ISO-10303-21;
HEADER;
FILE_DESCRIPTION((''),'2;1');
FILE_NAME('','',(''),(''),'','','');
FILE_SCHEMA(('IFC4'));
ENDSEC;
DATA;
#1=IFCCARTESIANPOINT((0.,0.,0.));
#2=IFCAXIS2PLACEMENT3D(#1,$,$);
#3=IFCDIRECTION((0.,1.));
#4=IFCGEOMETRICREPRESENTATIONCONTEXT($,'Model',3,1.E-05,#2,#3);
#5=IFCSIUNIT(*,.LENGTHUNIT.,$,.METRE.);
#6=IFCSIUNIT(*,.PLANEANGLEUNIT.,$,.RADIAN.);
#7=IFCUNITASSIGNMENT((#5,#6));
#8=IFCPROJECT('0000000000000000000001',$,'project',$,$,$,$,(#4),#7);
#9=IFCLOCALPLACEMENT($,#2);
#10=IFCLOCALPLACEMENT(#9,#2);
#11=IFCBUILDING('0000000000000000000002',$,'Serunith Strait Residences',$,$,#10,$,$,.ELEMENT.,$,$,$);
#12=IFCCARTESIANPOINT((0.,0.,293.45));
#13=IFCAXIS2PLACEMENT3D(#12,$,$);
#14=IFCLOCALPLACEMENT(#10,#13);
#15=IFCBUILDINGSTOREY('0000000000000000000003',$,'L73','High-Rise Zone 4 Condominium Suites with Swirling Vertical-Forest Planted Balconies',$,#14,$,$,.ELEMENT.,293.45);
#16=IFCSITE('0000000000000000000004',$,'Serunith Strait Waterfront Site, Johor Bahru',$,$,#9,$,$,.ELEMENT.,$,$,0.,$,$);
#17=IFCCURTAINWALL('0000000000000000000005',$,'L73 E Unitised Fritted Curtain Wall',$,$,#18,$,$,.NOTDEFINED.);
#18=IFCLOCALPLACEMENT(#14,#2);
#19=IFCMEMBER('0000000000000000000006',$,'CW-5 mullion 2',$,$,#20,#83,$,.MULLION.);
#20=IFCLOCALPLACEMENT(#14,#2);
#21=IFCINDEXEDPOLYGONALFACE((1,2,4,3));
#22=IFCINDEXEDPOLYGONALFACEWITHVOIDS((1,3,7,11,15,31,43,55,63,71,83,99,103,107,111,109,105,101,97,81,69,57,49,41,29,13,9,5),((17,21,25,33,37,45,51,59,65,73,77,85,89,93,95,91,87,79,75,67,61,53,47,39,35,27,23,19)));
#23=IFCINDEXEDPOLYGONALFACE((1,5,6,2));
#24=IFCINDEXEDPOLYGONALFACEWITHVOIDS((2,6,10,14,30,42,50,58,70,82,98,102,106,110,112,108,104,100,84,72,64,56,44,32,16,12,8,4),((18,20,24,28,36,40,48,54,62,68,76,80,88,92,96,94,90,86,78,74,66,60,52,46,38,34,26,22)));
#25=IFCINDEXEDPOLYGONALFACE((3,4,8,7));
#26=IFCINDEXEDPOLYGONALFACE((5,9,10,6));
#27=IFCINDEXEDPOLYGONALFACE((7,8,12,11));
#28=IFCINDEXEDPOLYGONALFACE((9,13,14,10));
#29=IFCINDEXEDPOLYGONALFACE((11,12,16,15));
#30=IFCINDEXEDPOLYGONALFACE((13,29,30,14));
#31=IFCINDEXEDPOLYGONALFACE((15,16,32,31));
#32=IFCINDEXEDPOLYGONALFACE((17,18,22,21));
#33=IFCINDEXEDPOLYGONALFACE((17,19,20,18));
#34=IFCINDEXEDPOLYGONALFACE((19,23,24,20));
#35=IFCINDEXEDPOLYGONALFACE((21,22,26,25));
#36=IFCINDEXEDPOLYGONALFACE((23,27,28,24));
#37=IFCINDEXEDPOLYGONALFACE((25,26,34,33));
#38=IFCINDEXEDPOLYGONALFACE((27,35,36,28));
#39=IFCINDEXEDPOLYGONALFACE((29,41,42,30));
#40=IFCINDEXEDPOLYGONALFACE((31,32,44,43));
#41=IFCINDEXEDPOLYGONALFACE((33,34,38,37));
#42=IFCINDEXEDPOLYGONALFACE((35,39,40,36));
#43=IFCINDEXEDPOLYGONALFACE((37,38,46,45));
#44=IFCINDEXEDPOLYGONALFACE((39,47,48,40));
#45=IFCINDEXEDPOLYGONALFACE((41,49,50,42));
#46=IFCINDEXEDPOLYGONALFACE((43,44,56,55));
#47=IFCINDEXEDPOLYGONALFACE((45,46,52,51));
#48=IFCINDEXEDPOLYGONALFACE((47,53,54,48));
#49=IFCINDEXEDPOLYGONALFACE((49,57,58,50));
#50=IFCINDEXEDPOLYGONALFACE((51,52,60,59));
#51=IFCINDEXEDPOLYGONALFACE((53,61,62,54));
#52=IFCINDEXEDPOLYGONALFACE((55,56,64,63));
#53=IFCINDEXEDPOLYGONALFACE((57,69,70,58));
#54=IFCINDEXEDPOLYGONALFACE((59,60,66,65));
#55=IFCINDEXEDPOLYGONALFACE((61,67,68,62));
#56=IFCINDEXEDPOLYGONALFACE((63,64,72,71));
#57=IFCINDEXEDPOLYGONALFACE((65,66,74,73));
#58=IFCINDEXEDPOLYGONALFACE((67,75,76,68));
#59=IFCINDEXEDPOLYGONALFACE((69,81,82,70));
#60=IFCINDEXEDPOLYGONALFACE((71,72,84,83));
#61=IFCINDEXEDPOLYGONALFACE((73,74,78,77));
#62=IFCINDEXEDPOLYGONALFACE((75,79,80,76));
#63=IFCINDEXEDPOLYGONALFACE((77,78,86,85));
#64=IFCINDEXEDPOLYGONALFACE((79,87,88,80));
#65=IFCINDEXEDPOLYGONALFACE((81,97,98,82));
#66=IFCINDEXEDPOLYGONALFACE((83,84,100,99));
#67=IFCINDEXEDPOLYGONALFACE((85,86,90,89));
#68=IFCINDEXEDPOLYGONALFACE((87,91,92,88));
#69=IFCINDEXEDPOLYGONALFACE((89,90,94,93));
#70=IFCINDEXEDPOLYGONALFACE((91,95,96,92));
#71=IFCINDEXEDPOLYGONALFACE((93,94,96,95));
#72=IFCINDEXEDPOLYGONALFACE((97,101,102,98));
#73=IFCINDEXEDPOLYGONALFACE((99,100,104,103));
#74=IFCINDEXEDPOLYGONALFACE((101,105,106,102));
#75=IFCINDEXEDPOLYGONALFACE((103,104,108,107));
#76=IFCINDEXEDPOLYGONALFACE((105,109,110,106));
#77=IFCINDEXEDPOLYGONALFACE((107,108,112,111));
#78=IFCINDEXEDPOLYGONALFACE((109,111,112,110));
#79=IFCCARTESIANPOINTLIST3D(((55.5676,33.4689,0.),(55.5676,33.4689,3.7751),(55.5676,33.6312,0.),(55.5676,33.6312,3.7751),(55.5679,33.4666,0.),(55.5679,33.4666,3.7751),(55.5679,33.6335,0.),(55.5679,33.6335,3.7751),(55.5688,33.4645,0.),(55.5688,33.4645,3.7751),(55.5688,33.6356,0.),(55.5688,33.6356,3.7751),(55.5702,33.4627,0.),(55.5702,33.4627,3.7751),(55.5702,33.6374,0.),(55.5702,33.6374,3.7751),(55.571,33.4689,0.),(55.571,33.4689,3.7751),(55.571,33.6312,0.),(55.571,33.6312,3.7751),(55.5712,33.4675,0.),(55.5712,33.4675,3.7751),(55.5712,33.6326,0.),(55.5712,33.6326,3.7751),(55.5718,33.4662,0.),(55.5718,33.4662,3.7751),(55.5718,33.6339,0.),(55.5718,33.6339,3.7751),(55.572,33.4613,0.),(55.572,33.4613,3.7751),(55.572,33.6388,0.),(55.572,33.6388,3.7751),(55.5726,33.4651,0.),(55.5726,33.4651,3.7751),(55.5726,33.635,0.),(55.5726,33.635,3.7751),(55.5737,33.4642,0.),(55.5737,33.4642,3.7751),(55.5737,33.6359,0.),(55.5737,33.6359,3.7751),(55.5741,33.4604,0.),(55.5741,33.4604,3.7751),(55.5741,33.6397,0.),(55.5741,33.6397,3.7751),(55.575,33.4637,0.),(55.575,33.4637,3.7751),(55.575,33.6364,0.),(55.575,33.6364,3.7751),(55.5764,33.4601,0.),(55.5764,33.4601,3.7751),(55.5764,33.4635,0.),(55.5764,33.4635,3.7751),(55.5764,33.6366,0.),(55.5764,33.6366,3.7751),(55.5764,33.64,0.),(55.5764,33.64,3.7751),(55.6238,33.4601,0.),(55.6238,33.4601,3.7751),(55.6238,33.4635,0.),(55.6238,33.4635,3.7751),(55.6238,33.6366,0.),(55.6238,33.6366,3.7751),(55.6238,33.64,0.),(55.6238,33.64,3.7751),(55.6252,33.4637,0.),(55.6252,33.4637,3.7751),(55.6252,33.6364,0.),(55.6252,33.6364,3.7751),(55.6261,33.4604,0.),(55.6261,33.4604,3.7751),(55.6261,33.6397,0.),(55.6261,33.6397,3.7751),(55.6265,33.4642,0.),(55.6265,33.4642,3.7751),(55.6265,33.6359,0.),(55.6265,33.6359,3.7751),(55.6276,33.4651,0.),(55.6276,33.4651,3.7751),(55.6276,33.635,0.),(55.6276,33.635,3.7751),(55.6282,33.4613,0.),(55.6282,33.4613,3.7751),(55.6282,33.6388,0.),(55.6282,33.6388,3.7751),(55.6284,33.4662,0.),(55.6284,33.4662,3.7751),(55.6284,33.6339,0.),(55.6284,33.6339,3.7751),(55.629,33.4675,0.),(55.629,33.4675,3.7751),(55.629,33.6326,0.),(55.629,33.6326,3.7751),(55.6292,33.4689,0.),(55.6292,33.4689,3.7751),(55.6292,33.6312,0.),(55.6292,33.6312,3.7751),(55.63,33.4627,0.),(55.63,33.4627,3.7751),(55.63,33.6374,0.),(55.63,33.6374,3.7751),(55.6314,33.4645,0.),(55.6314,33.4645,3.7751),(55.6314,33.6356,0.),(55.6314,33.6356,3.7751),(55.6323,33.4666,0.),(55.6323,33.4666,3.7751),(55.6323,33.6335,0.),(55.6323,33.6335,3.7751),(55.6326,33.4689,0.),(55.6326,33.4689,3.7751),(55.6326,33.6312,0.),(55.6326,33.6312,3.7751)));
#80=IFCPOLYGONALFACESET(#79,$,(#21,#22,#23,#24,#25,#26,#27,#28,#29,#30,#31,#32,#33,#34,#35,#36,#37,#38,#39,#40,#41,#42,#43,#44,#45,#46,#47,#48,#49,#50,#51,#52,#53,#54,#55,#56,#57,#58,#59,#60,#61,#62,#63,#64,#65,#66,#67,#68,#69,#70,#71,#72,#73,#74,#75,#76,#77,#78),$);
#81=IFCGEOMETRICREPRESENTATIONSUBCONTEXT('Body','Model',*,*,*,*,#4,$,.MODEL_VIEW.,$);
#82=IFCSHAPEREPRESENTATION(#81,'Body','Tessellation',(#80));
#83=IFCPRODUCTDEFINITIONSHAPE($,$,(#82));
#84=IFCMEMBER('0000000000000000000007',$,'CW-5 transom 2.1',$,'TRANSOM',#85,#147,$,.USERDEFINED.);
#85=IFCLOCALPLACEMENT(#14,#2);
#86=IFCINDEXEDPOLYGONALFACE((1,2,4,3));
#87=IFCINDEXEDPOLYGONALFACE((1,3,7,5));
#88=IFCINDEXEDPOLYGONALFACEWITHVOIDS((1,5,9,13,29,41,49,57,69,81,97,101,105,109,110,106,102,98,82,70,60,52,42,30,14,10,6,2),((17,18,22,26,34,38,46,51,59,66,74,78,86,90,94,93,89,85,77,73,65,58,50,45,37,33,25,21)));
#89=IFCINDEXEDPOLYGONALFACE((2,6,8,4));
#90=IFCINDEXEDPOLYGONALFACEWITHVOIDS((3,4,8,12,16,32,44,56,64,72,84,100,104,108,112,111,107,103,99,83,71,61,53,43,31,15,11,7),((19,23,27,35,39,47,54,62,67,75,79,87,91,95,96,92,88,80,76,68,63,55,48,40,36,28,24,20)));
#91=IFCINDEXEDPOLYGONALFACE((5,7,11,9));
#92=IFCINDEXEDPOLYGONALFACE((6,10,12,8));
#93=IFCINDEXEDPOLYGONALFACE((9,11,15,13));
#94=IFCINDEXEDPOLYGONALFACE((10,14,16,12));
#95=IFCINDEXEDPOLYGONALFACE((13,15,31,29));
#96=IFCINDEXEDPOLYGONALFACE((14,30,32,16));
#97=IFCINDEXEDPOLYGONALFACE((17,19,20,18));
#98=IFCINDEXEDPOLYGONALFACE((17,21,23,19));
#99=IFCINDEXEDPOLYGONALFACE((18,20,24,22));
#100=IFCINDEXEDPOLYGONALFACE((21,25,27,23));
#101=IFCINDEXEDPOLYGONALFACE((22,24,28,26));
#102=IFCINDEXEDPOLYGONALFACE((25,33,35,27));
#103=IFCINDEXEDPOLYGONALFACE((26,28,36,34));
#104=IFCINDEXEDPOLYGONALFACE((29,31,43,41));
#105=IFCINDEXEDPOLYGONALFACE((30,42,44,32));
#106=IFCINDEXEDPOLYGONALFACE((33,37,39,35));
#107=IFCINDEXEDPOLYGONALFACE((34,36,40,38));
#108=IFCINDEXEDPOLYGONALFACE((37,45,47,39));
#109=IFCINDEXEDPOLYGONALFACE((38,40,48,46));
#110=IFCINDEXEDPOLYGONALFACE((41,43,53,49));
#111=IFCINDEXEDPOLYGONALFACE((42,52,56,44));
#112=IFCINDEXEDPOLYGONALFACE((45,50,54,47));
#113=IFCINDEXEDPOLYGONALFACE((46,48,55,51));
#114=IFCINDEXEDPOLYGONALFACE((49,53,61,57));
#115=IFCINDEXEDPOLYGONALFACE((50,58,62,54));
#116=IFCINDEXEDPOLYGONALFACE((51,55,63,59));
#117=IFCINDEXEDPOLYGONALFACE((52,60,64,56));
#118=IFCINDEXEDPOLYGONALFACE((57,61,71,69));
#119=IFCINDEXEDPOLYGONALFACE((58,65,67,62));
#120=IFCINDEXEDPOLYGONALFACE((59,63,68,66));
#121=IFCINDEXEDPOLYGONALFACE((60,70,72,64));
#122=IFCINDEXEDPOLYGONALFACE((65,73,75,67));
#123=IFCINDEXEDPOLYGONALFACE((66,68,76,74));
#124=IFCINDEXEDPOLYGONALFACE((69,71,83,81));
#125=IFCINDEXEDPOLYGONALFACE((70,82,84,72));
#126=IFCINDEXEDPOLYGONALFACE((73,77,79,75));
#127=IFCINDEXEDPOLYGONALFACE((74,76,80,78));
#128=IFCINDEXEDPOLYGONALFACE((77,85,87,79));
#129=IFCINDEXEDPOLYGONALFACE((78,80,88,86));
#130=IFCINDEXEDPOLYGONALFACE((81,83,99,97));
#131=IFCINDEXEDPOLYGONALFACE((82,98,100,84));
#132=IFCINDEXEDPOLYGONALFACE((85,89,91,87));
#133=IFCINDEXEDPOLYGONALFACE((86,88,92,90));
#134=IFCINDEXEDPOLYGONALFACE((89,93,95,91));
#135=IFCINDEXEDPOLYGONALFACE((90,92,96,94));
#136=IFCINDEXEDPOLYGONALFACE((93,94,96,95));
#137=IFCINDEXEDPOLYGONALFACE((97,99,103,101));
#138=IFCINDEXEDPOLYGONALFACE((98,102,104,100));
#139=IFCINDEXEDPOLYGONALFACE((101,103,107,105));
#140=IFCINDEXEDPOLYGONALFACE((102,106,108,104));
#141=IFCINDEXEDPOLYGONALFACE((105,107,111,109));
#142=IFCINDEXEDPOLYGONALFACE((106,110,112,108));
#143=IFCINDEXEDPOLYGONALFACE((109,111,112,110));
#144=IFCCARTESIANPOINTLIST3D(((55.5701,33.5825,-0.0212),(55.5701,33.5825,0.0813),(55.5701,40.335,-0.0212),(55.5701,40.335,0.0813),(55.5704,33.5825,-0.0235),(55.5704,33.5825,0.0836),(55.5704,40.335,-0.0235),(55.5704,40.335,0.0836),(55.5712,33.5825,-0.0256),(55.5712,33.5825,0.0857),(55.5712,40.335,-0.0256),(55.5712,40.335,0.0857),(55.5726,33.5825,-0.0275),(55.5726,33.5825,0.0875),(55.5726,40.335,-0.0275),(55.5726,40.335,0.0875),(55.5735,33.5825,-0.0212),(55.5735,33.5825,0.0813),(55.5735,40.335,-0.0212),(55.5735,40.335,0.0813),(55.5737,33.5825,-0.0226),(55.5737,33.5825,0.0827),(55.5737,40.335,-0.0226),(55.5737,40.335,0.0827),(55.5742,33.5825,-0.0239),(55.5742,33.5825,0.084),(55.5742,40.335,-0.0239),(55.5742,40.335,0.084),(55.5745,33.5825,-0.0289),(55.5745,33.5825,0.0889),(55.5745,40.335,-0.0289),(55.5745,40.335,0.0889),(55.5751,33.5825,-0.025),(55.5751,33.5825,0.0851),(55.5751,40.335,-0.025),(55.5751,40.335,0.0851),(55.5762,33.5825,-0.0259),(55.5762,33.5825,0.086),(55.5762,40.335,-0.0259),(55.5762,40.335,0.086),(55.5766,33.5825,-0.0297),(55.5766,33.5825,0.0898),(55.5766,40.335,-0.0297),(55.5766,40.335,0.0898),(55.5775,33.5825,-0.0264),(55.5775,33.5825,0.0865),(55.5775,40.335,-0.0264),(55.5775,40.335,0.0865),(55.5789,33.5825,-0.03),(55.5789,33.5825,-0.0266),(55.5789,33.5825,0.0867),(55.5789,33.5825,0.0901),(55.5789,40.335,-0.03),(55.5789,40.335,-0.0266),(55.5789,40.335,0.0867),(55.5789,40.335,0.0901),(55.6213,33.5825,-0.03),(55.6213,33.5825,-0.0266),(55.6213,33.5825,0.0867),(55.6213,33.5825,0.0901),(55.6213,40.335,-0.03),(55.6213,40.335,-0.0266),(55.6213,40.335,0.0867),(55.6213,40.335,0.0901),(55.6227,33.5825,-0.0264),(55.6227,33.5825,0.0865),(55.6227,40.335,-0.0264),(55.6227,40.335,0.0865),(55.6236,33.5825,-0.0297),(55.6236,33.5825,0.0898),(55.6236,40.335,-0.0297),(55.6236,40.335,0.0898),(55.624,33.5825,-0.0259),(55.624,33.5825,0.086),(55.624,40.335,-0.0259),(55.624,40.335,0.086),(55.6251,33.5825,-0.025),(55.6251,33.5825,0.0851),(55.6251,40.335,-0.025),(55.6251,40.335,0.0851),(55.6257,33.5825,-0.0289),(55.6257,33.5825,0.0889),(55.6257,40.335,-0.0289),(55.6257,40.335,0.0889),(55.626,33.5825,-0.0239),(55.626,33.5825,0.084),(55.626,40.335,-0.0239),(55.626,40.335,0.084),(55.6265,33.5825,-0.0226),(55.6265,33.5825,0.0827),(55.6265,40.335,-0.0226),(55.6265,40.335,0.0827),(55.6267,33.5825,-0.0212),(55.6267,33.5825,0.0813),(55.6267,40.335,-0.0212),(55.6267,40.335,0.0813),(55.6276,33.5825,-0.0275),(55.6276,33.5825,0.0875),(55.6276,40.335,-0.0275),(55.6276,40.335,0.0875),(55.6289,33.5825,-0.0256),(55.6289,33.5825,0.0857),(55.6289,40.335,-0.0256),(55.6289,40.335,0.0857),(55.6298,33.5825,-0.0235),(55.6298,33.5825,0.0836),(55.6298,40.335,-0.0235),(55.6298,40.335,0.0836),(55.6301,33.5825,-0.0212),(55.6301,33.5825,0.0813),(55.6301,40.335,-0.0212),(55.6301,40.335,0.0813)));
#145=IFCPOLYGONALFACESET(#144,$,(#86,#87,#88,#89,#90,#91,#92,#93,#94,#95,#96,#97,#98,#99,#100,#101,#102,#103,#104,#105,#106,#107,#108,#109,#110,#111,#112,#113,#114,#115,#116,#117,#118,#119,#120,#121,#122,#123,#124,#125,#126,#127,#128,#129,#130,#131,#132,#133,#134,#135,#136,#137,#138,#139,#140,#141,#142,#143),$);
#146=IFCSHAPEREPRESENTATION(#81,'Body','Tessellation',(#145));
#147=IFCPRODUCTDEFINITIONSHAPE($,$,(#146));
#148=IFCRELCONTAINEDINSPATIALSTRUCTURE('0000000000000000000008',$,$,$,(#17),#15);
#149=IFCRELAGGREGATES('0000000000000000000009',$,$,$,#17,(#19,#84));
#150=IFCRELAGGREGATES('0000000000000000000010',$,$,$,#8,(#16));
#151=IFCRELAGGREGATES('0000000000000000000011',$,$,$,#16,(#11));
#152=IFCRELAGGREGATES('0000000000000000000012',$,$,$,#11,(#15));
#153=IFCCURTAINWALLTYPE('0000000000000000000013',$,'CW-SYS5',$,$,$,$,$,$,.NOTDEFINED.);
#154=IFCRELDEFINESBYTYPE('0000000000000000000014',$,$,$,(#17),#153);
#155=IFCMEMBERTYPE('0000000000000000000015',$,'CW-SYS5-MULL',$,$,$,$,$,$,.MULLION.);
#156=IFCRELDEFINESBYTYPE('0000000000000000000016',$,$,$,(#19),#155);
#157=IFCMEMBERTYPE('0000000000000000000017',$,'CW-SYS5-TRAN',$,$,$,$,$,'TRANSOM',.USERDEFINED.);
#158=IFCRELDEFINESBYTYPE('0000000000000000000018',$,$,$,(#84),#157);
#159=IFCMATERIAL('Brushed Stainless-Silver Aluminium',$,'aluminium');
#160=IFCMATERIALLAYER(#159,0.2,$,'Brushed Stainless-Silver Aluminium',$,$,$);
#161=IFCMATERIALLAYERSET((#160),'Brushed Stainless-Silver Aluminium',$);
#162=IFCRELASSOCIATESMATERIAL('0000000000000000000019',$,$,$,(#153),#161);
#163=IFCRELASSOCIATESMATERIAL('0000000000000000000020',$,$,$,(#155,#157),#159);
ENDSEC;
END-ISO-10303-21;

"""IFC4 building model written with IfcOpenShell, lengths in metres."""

from ifc_helpers import new_model, si_unit, direction, frame, origin, origin_2d, place, context, subcontext, project, spatial, hollow_rectangle, extrude, source, transform, mapped, material, layer, layer_set, material_profile, profile_set, type_object, element, aggregate, save


model = new_model("IFC4")

# Units and contexts
model_context = context("Model", 3, precision=1e-05, world=origin(), true_north=direction((0.0, 1.0)))
body_context = subcontext(model_context, "Body", "Model", "MODEL_VIEW")
ifc_project = project(units=[si_unit("LENGTHUNIT", "METRE"), si_unit("PLANEANGLEUNIT", "RADIAN")], contexts=[model_context])

# Site, building, storey
site_placement = place(None, origin())
site = spatial("IfcSite", under=ifc_project, at=site_placement, Name="Serunith Strait Waterfront Site, Johor Bahru", CompositionType="ELEMENT", RefElevation=0.0)
building_placement = place(site_placement, origin())
building = spatial("IfcBuilding", under=site, at=building_placement, Name="Serunith Strait Residences", CompositionType="ELEMENT")
storey_placement = place(building_placement, frame((0.0, 0.0, 293.45)))
storey = spatial("IfcBuildingStorey", under=building, at=storey_placement, Name="L73", Description="High-Rise Zone 4 Condominium Suites with Swirling Vertical-Forest Planted Balconies", CompositionType="ELEMENT", Elevation=293.45)

# Shared definitions
ifc_material_1 = material(Name="Brushed Stainless-Silver Aluminium", Category="aluminium")
ifc_layer_1 = layer(ifc_material_1, 0.2, Name="Brushed Stainless-Silver Aluminium")
ifc_layer_set_1 = layer_set([ifc_layer_1], Name="Brushed Stainless-Silver Aluminium")
curtain_wall_type = type_object("IfcCurtainWallType", Name="CW-SYS5", PredefinedType="NOTDEFINED", material=ifc_layer_set_1)
ifc_material_profile_1 = material_profile(ifc_material_1, hollow_rectangle(XDim=0.0649, YDim=0.1799, WallThickness=0.0034, InnerFilletRadius=0.0054, OuterFilletRadius=0.0088, at=origin_2d()), Name="ALU 180x65x3.5")
ifc_profile_set_1 = profile_set([ifc_material_profile_1], Name="Brushed Stainless-Silver Aluminium")
member_type_1 = type_object("IfcMemberType", Name="CW-SYS5-MULL", PredefinedType="MULLION", material=ifc_profile_set_1)
shared_shape_1 = source(origin(), body_context, "Body", "SweptSolid", [
    extrude(hollow_rectangle(XDim=0.0649, YDim=0.1799, WallThickness=0.0034, InnerFilletRadius=0.0054, OuterFilletRadius=0.0088, at=origin_2d()), origin(), (0.0, 0.0, 1.0), 3.7751),
])

# Curtain wall, members
curtain_wall_1_placement = place(storey_placement, origin())
curtain_wall_1 = element("IfcCurtainWall", 1, at=curtain_wall_1_placement, inside=storey, type_object=curtain_wall_type, Name="L73 E Unitised Fritted Curtain Wall", PredefinedType="NOTDEFINED")
member_1_placement = place(storey_placement, frame((55.6001, 33.55, 0.0), z_axis=(0.0, 0.0, 1.0), x_axis=(-1.0, 0.0, 0.0)))
member_1 = element("IfcMember", 2, at=member_1_placement, type_object=member_type_1, Name="CW-5 mullion 2", PredefinedType="MULLION", context=body_context, shape_type="MappedRepresentation", body=[
    mapped(shared_shape_1, transform((0.0, 0.0, 0.0), scale=1.0)),
])
ifc_material_profile_2 = material_profile(ifc_material_1, hollow_rectangle(XDim=0.0601, YDim=0.1201, WallThickness=0.0034, InnerFilletRadius=0.0054, OuterFilletRadius=0.0088, at=origin_2d()), Name="ALU 120x60x3.5")
ifc_profile_set_2 = profile_set([ifc_material_profile_2], Name="Brushed Stainless-Silver Aluminium")
member_type_2 = type_object("IfcMemberType", Name="CW-SYS5-TRAN", ElementType="TRANSOM", PredefinedType="USERDEFINED", material=ifc_profile_set_2)
shared_shape_2 = source(origin(), body_context, "Body", "SweptSolid", [
    extrude(hollow_rectangle(XDim=0.0601, YDim=0.1201, WallThickness=0.0034, InnerFilletRadius=0.0054, OuterFilletRadius=0.0088, at=origin_2d()), origin(), (0.0, 0.0, 1.0), 6.7524),
])
member_2_placement = place(storey_placement, frame((55.6001, 33.5825, 0.03), z_axis=(0.0, 1.0, 0.0), x_axis=(-1.0, 0.0, 0.0)))
member_2 = element("IfcMember", 3, at=member_2_placement, type_object=member_type_2, Name="CW-5 transom 2.1", ObjectType="TRANSOM", PredefinedType="USERDEFINED", context=body_context, shape_type="MappedRepresentation", body=[
    mapped(shared_shape_2, transform((0.0, 0.0, 0.0), scale=1.0)),
])
aggregate(curtain_wall_1, [member_1, member_2])

save(model, "model.ifc")
